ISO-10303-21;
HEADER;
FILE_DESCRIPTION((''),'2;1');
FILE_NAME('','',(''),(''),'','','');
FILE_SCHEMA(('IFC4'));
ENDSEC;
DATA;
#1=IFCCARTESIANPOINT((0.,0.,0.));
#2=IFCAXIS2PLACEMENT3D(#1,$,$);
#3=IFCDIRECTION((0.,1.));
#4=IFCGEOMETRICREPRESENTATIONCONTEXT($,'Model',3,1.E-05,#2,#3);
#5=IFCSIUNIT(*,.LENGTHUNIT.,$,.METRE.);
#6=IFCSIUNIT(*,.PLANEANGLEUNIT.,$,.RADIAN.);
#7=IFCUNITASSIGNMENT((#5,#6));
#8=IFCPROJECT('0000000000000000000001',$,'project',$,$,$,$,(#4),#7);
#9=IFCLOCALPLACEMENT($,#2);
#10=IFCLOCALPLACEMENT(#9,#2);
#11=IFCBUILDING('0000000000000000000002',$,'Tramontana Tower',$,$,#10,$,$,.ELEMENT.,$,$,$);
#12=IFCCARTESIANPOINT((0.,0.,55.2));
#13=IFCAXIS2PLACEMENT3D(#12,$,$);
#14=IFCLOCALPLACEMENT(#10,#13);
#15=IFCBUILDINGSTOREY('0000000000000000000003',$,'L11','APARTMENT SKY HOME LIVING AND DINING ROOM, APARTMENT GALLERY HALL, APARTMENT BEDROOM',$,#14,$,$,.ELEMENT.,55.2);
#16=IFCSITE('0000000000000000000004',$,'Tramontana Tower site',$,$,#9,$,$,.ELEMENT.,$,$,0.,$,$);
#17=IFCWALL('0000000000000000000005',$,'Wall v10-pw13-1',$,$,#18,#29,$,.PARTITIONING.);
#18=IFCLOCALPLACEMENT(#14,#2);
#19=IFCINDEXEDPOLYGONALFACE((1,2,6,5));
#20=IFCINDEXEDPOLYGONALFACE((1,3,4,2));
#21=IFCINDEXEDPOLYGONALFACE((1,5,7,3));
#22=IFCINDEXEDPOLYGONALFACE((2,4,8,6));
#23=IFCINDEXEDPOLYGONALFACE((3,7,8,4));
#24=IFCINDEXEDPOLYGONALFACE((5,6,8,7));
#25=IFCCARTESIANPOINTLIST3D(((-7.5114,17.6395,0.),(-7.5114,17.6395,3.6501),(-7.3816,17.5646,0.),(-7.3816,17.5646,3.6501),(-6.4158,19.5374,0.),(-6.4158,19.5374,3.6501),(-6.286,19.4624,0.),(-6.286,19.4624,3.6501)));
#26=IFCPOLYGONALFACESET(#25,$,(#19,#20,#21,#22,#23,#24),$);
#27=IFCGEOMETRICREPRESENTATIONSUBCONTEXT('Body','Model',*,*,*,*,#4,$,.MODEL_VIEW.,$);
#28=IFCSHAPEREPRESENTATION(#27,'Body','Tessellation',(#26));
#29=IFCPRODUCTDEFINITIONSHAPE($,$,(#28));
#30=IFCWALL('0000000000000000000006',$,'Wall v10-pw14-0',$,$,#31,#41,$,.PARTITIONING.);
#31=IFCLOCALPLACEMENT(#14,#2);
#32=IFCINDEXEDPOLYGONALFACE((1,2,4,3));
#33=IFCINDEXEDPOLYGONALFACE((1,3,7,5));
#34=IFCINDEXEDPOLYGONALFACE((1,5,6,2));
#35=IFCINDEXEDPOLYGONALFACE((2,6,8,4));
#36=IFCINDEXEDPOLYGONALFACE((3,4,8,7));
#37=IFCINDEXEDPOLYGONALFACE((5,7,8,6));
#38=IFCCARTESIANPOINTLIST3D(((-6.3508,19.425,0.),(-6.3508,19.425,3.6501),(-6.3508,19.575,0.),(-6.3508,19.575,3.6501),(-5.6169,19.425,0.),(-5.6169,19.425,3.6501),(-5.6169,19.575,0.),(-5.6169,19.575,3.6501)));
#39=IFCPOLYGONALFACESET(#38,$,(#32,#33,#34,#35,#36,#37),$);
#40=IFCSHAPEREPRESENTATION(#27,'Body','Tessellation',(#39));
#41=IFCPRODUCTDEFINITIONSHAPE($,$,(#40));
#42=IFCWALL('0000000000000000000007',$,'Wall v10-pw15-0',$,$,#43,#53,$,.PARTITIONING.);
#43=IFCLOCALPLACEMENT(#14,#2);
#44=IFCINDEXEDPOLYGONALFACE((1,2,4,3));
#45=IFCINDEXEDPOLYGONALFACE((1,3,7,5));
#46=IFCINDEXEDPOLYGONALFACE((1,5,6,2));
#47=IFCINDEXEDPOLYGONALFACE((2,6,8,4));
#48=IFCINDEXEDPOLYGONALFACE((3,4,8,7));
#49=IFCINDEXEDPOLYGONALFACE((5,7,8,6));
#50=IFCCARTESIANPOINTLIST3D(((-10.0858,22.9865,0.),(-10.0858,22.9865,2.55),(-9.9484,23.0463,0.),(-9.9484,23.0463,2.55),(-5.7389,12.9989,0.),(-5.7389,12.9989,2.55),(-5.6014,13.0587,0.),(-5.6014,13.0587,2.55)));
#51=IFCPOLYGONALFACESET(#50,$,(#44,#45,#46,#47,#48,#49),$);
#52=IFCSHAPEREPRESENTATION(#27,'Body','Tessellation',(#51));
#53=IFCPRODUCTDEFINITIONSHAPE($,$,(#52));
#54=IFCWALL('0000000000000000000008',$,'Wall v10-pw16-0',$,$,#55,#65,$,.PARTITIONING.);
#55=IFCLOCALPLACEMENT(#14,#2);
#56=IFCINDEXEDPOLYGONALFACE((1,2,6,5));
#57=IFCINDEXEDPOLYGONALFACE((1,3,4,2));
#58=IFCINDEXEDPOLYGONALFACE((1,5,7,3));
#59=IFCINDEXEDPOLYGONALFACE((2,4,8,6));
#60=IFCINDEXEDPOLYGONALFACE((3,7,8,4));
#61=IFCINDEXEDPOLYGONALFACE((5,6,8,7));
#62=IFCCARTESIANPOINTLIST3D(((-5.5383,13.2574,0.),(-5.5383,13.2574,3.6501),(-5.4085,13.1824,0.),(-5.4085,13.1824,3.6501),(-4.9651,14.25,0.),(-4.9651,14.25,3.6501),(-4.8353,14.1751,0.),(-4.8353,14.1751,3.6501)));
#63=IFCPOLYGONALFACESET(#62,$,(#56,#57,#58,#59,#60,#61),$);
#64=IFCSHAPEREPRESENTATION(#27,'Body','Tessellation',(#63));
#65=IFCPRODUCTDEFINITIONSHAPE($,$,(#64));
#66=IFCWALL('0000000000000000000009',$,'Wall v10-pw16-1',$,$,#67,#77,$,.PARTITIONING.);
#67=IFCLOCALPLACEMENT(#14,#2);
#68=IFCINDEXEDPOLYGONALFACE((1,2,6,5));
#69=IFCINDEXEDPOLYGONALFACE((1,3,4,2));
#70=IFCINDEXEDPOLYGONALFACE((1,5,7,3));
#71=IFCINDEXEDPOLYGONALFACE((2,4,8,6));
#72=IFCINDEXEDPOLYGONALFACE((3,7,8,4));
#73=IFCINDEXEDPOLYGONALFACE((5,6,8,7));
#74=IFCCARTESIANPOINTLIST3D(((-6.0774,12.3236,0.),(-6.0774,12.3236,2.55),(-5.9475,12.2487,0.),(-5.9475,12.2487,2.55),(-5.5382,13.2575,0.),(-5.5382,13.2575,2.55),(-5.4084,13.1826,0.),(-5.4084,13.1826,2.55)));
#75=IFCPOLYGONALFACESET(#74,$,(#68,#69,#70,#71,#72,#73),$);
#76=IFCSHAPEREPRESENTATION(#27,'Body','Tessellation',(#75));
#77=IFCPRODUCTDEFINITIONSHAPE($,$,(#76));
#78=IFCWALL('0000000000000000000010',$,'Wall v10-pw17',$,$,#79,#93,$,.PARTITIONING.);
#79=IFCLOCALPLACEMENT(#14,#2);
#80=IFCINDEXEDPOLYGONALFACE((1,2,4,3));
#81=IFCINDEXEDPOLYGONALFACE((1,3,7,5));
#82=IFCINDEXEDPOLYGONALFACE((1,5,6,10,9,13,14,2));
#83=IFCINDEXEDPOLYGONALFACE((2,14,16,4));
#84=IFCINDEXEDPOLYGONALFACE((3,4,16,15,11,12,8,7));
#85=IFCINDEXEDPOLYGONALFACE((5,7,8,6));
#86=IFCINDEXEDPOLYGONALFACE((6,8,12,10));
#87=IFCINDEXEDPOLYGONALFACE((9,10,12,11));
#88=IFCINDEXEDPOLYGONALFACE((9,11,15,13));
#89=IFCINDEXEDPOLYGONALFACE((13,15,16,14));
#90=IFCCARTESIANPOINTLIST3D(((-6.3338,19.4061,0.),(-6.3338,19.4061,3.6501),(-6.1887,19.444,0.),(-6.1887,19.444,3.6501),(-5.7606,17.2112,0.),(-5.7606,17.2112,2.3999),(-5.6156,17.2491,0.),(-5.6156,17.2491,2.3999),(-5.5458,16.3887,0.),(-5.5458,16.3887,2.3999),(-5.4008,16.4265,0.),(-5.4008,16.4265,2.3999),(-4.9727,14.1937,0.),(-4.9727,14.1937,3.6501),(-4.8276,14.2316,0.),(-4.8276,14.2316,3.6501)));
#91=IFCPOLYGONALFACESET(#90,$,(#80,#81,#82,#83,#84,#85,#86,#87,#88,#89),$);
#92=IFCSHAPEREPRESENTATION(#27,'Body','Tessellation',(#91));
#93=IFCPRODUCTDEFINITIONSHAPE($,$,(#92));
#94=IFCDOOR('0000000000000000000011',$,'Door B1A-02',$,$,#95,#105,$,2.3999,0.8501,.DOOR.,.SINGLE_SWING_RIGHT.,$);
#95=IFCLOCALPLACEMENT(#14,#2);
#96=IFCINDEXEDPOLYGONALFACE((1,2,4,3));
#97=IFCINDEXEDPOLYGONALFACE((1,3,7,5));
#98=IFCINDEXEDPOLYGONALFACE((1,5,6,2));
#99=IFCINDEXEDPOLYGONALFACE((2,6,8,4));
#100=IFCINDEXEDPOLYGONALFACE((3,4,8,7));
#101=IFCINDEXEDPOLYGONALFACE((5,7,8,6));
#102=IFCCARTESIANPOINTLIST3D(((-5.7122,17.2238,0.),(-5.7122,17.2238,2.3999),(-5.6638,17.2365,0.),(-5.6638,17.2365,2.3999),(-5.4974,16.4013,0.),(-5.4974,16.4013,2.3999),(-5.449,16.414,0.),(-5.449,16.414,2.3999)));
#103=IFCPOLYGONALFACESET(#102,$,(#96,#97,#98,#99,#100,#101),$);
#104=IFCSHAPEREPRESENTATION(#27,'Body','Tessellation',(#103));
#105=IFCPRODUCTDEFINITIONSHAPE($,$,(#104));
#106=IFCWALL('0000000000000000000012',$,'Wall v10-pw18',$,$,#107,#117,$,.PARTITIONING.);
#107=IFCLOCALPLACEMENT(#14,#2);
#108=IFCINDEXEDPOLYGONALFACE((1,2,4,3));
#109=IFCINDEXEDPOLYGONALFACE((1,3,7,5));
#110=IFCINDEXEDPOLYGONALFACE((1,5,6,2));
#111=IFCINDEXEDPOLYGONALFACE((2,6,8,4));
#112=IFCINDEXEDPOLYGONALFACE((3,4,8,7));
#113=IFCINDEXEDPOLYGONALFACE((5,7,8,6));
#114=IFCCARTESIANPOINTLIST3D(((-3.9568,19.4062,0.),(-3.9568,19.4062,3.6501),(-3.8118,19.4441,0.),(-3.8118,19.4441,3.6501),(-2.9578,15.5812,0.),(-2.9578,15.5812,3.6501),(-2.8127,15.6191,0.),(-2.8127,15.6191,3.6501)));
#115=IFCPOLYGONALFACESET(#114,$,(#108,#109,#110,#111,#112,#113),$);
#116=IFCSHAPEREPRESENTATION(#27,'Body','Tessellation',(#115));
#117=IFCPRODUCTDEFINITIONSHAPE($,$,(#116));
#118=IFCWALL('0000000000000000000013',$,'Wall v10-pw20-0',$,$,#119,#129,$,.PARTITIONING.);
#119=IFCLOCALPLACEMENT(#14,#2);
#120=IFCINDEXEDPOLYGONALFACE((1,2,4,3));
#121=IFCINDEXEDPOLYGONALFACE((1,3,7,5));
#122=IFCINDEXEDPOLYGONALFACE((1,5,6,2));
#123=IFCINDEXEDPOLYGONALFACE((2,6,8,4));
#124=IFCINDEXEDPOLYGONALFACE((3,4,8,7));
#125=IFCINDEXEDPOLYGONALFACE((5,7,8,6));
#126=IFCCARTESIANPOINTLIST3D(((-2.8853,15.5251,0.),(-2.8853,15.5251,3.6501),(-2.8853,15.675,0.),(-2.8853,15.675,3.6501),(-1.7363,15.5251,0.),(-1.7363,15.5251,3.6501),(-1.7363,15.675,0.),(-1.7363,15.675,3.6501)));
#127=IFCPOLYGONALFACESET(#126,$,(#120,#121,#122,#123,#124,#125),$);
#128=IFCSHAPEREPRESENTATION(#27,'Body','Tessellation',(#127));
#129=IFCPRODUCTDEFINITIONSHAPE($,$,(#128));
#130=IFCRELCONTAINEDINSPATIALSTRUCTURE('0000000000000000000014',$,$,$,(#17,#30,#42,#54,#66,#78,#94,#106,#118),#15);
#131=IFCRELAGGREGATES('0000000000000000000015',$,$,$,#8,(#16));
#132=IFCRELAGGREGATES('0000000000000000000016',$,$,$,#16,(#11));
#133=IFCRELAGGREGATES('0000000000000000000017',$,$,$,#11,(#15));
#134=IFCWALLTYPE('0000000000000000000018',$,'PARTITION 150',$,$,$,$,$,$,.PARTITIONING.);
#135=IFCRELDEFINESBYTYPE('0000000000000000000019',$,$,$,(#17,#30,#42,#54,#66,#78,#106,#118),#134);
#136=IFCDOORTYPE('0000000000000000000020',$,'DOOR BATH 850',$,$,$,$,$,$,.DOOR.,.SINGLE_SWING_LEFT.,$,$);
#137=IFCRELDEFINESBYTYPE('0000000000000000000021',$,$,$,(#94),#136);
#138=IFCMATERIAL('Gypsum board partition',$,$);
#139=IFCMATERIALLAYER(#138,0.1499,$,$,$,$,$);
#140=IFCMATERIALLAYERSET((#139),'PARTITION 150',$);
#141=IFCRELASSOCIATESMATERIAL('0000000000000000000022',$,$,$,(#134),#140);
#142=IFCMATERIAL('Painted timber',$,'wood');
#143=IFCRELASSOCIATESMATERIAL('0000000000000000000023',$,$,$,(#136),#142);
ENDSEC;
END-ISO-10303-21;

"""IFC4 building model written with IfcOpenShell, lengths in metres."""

from ifc_helpers import new_model, si_unit, direction, frame, frame_2d, origin, place, context, subcontext, project, spatial, rectangle, extrude, material, layer, layer_set, type_object, element, fill, save


model = new_model("IFC4")

# Units and contexts
model_context = context("Model", 3, precision=1e-05, world=origin(), true_north=direction((0.0, 1.0)))
body_context = subcontext(model_context, "Body", "Model", "MODEL_VIEW")
ifc_project = project(units=[si_unit("LENGTHUNIT", "METRE"), si_unit("PLANEANGLEUNIT", "RADIAN")], contexts=[model_context])

# Site, building, storey
site_placement = place(None, origin())
site = spatial("IfcSite", under=ifc_project, at=site_placement, Name="Tramontana Tower site", CompositionType="ELEMENT", RefElevation=0.0)
building_placement = place(site_placement, origin())
building = spatial("IfcBuilding", under=site, at=building_placement, Name="Tramontana Tower", CompositionType="ELEMENT")
storey_placement = place(building_placement, frame((0.0, 0.0, 55.2)))
storey = spatial("IfcBuildingStorey", under=building, at=storey_placement, Name="L11", Description="APARTMENT SKY HOME LIVING AND DINING ROOM, APARTMENT GALLERY HALL, APARTMENT BEDROOM", CompositionType="ELEMENT", Elevation=55.2)

# Walls
ifc_material_1 = material(Name="Gypsum board partition")
ifc_layer_1 = layer(ifc_material_1, 0.1499)
ifc_layer_set_1 = layer_set([ifc_layer_1], Name="PARTITION 150")
wall_type_1 = type_object("IfcWallType", Name="PARTITION 150", PredefinedType="PARTITIONING", material=ifc_layer_set_1)
wall_1_placement = place(storey_placement, frame((-7.4465, 17.6021, 0.0), z_axis=(0.0, 0.0, 1.0), x_axis=(0.499973, 0.866041, 0.0)))
element("IfcWall", 1, at=wall_1_placement, inside=storey, type_object=wall_type_1, Name="Wall v10-pw13-1", PredefinedType="PARTITIONING", context=body_context, shape_type="SweptSolid", body=[
    extrude(rectangle(XDim=2.1914, YDim=0.1499, at=frame_2d((1.0957, 0.0))), origin(), (0.0, 0.0, 1.0), 3.6501),
])
wall_2_placement = place(storey_placement, frame((-6.3508, 19.5, 0.0), z_axis=(0.0, 0.0, 1.0), x_axis=(1.0, 0.0, 0.0)))
element("IfcWall", 2, at=wall_2_placement, inside=storey, type_object=wall_type_1, Name="Wall v10-pw14-0", PredefinedType="PARTITIONING", context=body_context, shape_type="SweptSolid", body=[
    extrude(rectangle(XDim=0.7339, YDim=0.1499, at=frame_2d((0.3669, 0.0))), origin(), (0.0, 0.0, 1.0), 3.6501),
])
wall_3_placement = place(storey_placement, frame((-5.6702, 13.0288, 0.0), z_axis=(0.0, 0.0, 1.0), x_axis=(-0.399074, 0.916919, 0.0)))
element("IfcWall", 3, at=wall_3_placement, inside=storey, type_object=wall_type_1, Name="Wall v10-pw15-0", PredefinedType="PARTITIONING", context=body_context, shape_type="SweptSolid", body=[
    extrude(rectangle(XDim=10.8926, YDim=0.1499, at=frame_2d((5.4463, 0.0))), origin(), (0.0, 0.0, 1.0), 2.55),
])
wall_4_placement = place(storey_placement, frame((-4.9001, 14.2126, 0.0), z_axis=(0.0, 0.0, 1.0), x_axis=(-0.500079, -0.86598, 0.0)))
element("IfcWall", 4, at=wall_4_placement, inside=storey, type_object=wall_type_1, Name="Wall v10-pw16-0", PredefinedType="PARTITIONING", context=body_context, shape_type="SweptSolid", body=[
    extrude(rectangle(XDim=1.1462, YDim=0.1499, at=frame_2d((0.5732, 0.0))), origin(), (0.0, 0.0, 1.0), 3.6501),
])
wall_5_placement = place(storey_placement, frame((-5.4734, 13.22, 0.0), z_axis=(0.0, 0.0, 1.0), x_axis=(-0.499938, -0.866061, 0.0)))
element("IfcWall", 5, at=wall_5_placement, inside=storey, type_object=wall_type_1, Name="Wall v10-pw16-1", PredefinedType="PARTITIONING", context=body_context, shape_type="SweptSolid", body=[
    extrude(rectangle(XDim=1.0784, YDim=0.1499, at=frame_2d((0.5391, 0.0))), origin(), (0.0, 0.0, 1.0), 2.55),
])

# Wall, opening, door
wall_6_placement = place(storey_placement, frame((-4.9001, 14.2126, 0.0), z_axis=(0.0, 0.0, 1.0), x_axis=(-0.252652, 0.967557, 0.0)))
wall_6 = element("IfcWall", 6, at=wall_6_placement, inside=storey, type_object=wall_type_1, Name="Wall v10-pw17", PredefinedType="PARTITIONING", context=body_context, shape_type="SweptSolid", body=[
    extrude(rectangle(XDim=5.3872, YDim=0.1499, at=frame_2d((2.6936, 0.0))), origin(), (0.0, 0.0, 1.0), 3.6501),
])
opening_1_placement = place(wall_6_placement, frame((2.2686, 0.0, 0.0)))
opening_1 = element("IfcOpeningElement", 7, at=opening_1_placement, cuts=wall_6, PredefinedType="OPENING", context=body_context, shape_type="SweptSolid", body=[
    extrude(rectangle(XDim=0.8501, YDim=2.3999, at=frame_2d((0.425, 1.2))), frame((0.0, 0.085, 0.0), z_axis=(0.0, -1.0, 0.0), x_axis=(1.0, 0.0, 0.0)), (0.0, 0.0, 1.0), 0.1699),
])
ifc_material_2 = material(Name="Painted timber", Category="wood")
door_type_1 = type_object("IfcDoorType", Name="DOOR BATH 850", OperationType="SINGLE_SWING_LEFT", PredefinedType="DOOR", material=ifc_material_2)
door_1_placement = place(opening_1_placement, origin())
door_1 = element("IfcDoor", 8, at=door_1_placement, inside=storey, type_object=door_type_1, Name="Door B1A-02", OperationType="SINGLE_SWING_RIGHT", OverallHeight=2.3999, OverallWidth=0.8501, PredefinedType="DOOR", context=body_context, shape_type="SweptSolid", body=[
    extrude(rectangle(XDim=0.8501, YDim=2.3999, at=frame_2d((0.425, 1.2))), frame((0.0, 0.0249, 0.0), z_axis=(0.0, -1.0, 0.0), x_axis=(1.0, 0.0, 0.0)), (0.0, 0.0, 1.0), 0.05),
])
fill(opening_1, door_1)

# Walls
wall_7_placement = place(storey_placement, frame((-3.8843, 19.425, 0.0), z_axis=(0.0, 0.0, 1.0), x_axis=(0.252708, -0.967542, 0.0)))
element("IfcWall", 9, at=wall_7_placement, inside=storey, type_object=wall_type_1, Name="Wall v10-pw18", PredefinedType="PARTITIONING", context=body_context, shape_type="SweptSolid", body=[
    extrude(rectangle(XDim=3.9534, YDim=0.1499, at=frame_2d((1.9766, 0.0))), origin(), (0.0, 0.0, 1.0), 3.6501),
])
wall_8_placement = place(storey_placement, frame((-2.8853, 15.6001, 0.0), z_axis=(0.0, 0.0, 1.0), x_axis=(1.0, 0.0, 0.0)))
element("IfcWall", 10, at=wall_8_placement, inside=storey, type_object=wall_type_1, Name="Wall v10-pw20-0", PredefinedType="PARTITIONING", context=body_context, shape_type="SweptSolid", body=[
    extrude(rectangle(XDim=1.1489, YDim=0.1499, at=frame_2d((0.5745, 0.0))), origin(), (0.0, 0.0, 1.0), 3.6501),
])

save(model, "model.ifc")
